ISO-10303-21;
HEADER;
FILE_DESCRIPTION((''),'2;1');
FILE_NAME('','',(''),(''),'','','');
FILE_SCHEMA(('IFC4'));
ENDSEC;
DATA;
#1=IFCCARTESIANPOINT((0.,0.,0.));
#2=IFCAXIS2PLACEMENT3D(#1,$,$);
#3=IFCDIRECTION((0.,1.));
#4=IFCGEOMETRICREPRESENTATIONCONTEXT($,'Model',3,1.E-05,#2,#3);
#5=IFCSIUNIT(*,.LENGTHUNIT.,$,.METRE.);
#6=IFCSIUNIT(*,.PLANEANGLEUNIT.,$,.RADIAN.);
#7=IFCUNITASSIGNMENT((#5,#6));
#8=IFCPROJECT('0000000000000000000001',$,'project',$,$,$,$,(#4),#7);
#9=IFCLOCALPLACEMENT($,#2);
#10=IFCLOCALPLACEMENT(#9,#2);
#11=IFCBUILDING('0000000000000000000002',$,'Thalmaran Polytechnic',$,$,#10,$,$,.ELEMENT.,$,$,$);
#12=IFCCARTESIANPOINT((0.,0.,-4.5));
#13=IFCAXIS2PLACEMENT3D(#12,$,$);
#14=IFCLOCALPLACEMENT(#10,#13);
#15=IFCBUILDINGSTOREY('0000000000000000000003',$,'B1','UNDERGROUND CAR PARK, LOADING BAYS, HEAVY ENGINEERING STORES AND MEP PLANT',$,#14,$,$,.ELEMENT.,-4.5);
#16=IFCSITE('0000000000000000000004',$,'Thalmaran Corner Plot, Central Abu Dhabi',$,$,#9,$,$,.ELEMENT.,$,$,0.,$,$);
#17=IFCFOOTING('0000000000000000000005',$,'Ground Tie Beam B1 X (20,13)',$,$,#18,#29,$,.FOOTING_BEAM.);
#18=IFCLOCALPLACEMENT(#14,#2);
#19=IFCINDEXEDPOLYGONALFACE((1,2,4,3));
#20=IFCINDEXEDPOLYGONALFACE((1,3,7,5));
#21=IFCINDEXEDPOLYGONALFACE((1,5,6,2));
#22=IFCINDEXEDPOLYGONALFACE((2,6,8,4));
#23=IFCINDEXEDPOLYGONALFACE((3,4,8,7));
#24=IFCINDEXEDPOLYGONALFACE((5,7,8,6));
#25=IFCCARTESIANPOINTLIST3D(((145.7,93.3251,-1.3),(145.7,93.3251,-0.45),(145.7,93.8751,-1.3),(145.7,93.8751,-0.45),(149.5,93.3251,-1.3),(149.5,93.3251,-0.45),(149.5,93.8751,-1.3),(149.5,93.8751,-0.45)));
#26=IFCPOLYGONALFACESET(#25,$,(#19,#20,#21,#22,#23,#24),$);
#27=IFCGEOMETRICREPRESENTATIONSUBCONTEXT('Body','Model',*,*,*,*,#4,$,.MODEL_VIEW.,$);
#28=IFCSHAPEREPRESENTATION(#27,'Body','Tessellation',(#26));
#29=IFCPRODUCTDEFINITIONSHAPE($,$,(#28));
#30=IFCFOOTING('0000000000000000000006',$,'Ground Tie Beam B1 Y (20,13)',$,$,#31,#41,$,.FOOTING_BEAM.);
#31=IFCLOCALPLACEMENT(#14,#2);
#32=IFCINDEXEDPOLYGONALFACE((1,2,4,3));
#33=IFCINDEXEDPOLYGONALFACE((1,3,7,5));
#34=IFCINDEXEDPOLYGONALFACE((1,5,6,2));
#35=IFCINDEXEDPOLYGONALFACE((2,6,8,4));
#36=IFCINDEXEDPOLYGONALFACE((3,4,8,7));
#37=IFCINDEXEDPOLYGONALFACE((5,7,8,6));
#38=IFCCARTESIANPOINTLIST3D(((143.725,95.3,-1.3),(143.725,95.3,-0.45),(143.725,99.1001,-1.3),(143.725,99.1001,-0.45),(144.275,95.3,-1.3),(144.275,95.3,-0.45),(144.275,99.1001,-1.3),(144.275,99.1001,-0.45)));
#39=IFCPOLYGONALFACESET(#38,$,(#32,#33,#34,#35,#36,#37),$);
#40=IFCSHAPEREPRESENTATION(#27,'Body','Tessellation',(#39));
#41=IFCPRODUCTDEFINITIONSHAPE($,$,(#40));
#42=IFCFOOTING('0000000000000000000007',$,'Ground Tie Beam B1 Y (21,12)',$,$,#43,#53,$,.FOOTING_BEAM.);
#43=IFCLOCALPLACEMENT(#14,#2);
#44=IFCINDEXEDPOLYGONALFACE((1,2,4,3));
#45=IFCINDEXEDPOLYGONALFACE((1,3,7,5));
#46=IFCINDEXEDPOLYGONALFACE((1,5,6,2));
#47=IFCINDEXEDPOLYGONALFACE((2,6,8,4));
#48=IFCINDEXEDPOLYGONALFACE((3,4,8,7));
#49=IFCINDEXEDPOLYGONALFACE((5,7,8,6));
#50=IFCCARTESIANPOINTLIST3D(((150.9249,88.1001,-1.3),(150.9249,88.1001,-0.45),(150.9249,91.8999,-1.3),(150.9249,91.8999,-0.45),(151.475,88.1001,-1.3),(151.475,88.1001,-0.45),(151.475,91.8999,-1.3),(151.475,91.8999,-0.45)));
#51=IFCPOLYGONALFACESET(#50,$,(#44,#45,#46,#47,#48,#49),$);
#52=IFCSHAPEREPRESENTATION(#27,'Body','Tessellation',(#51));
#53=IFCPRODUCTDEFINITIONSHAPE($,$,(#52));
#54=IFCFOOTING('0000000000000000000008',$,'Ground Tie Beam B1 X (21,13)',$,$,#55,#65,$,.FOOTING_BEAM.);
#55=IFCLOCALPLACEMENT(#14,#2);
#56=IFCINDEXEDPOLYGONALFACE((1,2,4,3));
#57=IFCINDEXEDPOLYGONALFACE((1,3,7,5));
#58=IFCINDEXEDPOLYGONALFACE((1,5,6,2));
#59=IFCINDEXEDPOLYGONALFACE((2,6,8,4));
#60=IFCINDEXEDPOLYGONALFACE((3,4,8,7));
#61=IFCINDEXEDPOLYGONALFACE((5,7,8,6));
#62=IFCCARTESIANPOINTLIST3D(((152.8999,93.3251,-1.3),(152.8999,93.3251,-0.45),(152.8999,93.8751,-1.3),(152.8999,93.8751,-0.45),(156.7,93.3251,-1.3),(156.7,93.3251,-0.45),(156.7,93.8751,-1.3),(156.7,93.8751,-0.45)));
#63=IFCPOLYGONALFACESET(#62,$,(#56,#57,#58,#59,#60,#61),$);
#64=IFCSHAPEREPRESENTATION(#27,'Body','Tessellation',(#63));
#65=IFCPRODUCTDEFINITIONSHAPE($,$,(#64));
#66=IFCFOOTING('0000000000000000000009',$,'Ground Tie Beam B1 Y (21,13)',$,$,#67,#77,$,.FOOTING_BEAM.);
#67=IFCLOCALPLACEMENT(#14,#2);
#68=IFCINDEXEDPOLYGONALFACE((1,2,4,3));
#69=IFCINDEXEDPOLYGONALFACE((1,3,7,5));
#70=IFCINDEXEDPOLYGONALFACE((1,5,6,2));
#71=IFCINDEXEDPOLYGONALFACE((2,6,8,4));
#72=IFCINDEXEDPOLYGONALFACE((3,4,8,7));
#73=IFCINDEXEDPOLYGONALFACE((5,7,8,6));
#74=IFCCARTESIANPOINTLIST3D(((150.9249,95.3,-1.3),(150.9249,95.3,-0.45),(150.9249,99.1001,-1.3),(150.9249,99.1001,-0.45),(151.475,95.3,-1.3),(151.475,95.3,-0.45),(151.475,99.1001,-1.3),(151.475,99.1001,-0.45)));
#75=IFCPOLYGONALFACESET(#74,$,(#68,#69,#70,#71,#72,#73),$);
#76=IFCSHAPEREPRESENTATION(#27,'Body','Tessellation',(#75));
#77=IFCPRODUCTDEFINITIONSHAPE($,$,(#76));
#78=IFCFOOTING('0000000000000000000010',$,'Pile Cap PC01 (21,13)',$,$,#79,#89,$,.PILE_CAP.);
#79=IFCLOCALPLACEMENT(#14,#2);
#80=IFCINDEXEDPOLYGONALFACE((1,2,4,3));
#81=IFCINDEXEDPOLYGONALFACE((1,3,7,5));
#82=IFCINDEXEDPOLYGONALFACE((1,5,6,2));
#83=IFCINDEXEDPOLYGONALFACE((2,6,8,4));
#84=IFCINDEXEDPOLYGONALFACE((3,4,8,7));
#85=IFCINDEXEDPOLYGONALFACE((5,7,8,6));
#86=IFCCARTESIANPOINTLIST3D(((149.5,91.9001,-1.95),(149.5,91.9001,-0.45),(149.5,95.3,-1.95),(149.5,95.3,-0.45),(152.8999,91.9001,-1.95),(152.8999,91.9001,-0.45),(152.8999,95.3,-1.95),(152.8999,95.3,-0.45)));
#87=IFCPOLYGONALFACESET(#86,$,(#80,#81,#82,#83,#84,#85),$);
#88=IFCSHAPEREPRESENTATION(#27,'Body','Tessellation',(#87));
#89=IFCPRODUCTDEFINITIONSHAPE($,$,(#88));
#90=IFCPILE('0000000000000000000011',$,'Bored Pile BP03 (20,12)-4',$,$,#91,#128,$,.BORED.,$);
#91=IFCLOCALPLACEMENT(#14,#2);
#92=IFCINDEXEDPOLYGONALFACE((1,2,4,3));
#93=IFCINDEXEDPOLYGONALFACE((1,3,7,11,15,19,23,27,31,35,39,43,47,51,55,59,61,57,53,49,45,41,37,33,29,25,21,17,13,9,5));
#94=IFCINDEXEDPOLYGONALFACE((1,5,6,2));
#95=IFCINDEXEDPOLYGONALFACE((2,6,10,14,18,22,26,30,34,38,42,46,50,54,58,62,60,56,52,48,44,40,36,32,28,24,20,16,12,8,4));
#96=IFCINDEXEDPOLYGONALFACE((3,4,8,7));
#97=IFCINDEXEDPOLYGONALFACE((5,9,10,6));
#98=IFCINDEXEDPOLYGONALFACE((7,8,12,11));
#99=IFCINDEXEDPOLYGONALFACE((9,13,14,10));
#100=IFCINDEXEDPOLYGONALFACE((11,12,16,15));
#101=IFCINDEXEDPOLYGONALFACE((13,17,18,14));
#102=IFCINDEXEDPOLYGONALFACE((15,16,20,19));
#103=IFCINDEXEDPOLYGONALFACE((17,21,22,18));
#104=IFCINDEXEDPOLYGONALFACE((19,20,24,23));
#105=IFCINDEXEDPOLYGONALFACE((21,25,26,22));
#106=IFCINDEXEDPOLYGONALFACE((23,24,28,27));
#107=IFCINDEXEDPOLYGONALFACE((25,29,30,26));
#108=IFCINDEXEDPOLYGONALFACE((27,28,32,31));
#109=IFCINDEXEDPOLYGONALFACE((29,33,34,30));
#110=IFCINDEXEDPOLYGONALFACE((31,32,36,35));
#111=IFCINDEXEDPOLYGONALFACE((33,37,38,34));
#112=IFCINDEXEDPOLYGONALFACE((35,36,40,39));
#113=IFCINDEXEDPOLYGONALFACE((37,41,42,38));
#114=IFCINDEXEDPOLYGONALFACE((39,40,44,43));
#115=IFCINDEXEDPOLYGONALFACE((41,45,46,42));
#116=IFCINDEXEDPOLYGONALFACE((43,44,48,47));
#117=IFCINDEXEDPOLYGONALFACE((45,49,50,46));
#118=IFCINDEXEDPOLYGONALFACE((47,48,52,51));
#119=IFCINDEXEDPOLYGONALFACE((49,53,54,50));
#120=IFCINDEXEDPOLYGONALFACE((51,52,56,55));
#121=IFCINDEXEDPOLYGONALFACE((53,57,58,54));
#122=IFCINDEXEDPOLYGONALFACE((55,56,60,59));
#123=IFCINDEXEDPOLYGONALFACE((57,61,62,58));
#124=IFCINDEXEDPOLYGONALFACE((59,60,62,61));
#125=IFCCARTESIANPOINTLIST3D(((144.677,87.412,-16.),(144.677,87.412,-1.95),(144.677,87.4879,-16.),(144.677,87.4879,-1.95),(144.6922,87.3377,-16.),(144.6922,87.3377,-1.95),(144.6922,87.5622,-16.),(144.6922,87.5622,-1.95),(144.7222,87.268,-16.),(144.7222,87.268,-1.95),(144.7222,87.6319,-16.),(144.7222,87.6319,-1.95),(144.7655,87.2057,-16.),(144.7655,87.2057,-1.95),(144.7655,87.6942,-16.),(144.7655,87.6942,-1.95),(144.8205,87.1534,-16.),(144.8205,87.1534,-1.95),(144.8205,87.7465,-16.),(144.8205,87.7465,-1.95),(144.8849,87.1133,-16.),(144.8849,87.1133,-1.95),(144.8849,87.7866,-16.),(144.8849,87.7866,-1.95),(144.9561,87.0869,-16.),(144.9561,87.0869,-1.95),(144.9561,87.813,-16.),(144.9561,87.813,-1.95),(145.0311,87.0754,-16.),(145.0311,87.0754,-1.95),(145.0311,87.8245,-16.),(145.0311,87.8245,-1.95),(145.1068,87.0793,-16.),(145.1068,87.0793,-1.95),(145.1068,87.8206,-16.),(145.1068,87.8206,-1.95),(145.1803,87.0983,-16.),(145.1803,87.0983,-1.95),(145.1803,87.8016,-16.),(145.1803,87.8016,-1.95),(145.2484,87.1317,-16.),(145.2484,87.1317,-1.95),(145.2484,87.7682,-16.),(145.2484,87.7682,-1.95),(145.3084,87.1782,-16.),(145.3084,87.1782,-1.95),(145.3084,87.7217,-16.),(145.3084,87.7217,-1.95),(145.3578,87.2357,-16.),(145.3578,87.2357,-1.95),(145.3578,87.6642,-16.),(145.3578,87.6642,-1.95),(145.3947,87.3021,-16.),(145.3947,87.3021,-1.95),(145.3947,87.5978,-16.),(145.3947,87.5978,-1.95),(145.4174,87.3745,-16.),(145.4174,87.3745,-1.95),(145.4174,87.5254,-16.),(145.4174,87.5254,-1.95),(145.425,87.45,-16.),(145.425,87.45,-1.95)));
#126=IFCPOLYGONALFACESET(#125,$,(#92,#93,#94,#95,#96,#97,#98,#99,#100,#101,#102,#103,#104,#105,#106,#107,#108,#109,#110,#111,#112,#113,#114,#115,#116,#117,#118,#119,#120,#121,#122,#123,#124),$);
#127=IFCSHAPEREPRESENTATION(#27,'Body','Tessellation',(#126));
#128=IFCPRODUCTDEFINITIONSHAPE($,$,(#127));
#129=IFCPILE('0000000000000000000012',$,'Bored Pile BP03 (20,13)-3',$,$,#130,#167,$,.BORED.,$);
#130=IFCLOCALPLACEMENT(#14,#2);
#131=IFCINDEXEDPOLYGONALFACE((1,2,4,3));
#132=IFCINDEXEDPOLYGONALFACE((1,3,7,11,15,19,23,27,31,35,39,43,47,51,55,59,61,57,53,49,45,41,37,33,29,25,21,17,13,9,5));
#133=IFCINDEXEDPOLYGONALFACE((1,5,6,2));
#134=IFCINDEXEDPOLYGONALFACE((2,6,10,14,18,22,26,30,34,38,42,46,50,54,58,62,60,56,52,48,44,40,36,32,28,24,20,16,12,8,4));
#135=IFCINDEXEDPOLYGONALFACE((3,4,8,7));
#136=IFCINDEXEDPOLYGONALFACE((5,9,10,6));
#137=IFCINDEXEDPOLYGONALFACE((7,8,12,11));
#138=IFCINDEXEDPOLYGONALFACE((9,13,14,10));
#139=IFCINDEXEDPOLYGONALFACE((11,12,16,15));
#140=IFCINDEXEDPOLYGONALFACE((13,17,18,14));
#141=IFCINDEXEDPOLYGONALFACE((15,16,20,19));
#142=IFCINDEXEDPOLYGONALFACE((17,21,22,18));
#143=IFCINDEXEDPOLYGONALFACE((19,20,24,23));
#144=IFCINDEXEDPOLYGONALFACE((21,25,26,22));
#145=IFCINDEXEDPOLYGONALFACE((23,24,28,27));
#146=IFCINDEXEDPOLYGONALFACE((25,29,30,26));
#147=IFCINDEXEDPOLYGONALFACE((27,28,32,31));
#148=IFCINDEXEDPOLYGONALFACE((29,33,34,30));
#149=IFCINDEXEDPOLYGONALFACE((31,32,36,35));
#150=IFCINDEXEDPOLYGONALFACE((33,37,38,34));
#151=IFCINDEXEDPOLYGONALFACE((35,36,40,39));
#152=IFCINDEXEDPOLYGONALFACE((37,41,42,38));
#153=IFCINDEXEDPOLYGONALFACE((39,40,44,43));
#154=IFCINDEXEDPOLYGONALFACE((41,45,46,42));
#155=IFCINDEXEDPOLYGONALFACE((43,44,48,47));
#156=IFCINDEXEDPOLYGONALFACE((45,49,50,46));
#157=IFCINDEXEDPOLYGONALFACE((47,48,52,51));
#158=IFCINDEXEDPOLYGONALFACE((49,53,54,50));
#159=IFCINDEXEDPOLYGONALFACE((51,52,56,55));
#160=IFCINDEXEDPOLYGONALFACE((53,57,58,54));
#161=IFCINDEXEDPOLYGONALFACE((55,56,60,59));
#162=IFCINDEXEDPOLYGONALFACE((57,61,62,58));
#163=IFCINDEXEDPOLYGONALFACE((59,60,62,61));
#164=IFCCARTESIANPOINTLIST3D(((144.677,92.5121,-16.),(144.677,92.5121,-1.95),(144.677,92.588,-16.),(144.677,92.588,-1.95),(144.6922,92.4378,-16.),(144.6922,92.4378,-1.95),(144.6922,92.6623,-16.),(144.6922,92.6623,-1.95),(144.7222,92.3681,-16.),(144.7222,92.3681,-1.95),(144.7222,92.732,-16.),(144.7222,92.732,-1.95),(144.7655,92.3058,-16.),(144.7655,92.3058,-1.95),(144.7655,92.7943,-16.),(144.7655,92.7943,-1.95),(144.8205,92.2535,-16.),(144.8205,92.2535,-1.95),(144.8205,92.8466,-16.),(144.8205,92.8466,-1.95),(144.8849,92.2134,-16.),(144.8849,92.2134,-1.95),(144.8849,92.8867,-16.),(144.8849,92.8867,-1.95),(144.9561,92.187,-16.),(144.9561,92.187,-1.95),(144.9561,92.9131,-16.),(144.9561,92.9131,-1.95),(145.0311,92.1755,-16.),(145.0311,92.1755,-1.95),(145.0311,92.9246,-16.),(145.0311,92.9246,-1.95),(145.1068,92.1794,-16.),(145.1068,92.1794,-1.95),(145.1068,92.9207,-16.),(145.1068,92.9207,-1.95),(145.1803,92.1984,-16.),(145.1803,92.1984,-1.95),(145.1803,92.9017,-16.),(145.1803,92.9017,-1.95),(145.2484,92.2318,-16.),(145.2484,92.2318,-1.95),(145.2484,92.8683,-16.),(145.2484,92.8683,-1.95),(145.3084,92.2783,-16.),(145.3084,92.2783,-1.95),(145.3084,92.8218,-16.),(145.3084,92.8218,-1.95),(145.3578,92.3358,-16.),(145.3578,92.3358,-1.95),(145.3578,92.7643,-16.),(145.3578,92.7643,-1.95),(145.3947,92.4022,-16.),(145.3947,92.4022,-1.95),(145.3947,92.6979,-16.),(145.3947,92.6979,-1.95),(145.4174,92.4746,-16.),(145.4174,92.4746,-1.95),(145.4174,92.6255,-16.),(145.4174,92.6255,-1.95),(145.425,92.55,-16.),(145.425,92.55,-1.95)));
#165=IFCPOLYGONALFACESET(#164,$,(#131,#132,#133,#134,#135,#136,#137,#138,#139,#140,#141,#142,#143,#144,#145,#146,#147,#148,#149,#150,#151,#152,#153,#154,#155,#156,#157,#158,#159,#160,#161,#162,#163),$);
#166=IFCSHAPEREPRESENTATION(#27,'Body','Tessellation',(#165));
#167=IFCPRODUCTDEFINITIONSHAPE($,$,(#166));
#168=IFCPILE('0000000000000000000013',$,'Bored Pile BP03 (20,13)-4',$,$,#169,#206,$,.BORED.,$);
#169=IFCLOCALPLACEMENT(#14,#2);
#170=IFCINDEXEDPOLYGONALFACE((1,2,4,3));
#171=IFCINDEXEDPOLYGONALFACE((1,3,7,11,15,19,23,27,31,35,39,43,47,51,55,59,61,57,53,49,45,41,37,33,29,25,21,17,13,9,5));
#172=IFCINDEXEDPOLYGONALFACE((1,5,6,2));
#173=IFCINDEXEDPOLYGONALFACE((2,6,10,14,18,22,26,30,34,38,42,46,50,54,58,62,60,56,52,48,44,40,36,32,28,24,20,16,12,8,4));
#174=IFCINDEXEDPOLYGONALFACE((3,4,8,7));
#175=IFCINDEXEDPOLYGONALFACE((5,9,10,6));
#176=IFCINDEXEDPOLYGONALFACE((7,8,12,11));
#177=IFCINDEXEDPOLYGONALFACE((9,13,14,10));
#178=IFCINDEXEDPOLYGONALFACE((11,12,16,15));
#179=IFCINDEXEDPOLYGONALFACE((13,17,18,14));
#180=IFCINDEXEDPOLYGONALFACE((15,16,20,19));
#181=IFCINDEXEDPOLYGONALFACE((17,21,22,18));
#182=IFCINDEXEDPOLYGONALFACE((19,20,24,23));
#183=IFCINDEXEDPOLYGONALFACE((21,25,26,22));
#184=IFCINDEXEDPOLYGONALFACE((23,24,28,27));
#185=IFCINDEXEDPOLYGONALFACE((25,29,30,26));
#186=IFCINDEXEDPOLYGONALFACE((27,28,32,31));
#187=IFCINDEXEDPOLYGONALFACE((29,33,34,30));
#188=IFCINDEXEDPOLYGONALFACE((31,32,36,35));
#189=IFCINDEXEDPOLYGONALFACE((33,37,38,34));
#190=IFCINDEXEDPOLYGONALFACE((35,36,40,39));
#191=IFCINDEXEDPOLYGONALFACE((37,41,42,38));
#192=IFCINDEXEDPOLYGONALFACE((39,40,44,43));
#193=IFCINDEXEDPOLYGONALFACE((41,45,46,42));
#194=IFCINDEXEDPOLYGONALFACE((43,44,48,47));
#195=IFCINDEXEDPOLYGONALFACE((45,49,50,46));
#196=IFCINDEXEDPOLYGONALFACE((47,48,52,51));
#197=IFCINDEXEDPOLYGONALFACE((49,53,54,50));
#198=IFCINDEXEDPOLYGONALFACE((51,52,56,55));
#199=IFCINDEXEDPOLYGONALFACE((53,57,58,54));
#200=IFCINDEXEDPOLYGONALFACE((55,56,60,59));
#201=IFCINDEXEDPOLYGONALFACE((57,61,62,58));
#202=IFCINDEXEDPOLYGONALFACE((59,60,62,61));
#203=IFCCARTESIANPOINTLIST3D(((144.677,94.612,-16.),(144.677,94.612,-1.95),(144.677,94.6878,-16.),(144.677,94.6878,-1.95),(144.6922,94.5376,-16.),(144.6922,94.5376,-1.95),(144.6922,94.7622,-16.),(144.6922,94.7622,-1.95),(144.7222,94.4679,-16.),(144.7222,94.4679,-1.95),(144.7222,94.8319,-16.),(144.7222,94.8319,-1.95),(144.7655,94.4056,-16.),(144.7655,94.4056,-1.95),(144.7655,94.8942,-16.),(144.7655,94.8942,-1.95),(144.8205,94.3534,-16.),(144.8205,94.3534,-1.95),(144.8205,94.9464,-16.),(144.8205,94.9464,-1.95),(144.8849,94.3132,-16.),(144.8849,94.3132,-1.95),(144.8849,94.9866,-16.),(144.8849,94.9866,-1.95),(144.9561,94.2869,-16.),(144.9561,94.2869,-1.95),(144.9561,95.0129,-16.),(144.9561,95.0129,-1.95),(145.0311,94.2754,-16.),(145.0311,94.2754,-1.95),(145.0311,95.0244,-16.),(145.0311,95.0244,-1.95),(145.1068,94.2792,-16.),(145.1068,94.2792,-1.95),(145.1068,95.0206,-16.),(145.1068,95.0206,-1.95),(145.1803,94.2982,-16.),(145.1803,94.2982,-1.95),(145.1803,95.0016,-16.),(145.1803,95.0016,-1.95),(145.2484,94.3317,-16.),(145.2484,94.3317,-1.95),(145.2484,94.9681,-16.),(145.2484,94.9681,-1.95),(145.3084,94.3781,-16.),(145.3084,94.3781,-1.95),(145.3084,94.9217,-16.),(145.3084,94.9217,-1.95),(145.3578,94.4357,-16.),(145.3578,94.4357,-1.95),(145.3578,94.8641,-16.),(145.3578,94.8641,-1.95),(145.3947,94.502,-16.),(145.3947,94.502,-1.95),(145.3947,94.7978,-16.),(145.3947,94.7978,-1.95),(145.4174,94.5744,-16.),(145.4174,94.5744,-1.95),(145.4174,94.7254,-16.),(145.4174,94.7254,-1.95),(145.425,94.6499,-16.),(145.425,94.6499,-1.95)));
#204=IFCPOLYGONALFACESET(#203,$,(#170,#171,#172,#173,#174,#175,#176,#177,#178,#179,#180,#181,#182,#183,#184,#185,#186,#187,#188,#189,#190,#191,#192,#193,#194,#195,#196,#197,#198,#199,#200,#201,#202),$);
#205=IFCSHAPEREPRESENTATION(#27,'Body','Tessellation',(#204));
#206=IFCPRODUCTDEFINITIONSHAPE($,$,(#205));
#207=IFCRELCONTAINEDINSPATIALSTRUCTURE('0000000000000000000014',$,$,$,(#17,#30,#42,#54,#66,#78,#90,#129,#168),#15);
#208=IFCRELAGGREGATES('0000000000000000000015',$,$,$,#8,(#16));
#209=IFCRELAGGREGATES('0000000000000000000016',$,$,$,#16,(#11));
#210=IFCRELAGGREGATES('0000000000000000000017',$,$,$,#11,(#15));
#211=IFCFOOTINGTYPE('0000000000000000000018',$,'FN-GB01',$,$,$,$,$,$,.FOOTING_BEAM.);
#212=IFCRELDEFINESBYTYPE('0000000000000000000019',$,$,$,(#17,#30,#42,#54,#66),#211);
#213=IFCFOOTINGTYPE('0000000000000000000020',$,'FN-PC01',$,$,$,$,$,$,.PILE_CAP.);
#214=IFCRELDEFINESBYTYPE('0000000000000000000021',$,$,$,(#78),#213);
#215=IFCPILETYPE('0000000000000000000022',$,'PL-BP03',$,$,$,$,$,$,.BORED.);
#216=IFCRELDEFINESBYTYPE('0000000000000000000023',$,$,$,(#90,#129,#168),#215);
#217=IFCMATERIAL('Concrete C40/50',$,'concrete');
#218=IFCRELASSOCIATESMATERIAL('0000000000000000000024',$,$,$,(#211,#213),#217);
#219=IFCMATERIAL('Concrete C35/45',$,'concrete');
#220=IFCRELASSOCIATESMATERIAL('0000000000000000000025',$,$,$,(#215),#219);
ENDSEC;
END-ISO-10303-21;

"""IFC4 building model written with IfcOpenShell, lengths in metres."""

from ifc_helpers import new_model, si_unit, direction, frame, origin, origin_2d, place, context, subcontext, project, spatial, rectangle, circle, extrude, material, material_profile, profile_set, type_object, element, save


model = new_model("IFC4")

# Units and contexts
model_context = context("Model", 3, precision=1e-05, world=origin(), true_north=direction((0.0, 1.0)))
body_context = subcontext(model_context, "Body", "Model", "MODEL_VIEW")
ifc_project = project(units=[si_unit("LENGTHUNIT", "METRE"), si_unit("PLANEANGLEUNIT", "RADIAN")], contexts=[model_context])

# Site, building, storey
site_placement = place(None, origin())
site = spatial("IfcSite", under=ifc_project, at=site_placement, Name="Thalmaran Corner Plot, Central Abu Dhabi", CompositionType="ELEMENT", RefElevation=0.0)
building_placement = place(site_placement, origin())
building = spatial("IfcBuilding", under=site, at=building_placement, Name="Thalmaran Polytechnic", CompositionType="ELEMENT")
storey_placement = place(building_placement, frame((0.0, 0.0, -4.5)))
storey = spatial("IfcBuildingStorey", under=building, at=storey_placement, Name="B1", Description="UNDERGROUND CAR PARK, LOADING BAYS, HEAVY ENGINEERING STORES AND MEP PLANT", CompositionType="ELEMENT", Elevation=-4.5)

# Footings
ifc_material_1 = material(Name="Concrete C40/50", Category="concrete")
ifc_material_profile_1 = material_profile(ifc_material_1, rectangle(XDim=0.55, YDim=0.8501, at=origin_2d()), Name="RC 550x850")
ifc_profile_set_1 = profile_set([ifc_material_profile_1], Name="Concrete C40/50")
footing_type_1 = type_object("IfcFootingType", Name="FN-GB01", PredefinedType="FOOTING_BEAM", material=ifc_profile_set_1)
for number, where, z_axis, x_axis, name in (
    (1, (145.7, 93.6001, -0.875), (1.0, 0.0, 0.0), (0.0, 1.0, 0.0), "Ground Tie Beam B1 X (20,13)"),
    (2, (144.0, 95.3, -0.875), (0.0, 1.0, 0.0), (-1.0, 0.0, 0.0), "Ground Tie Beam B1 Y (20,13)"),
):
    element("IfcFooting", number, at=place(storey_placement, frame(where, z_axis=z_axis, x_axis=x_axis)), inside=storey, type_object=footing_type_1, Name=name, PredefinedType="FOOTING_BEAM", context=body_context, shape_type="SweptSolid", body=[
        extrude(rectangle(XDim=0.55, YDim=0.8501, at=origin_2d()), origin(), (0.0, 0.0, 1.0), 3.8),
    ])
footing_1_placement = place(storey_placement, frame((151.2, 88.1001, -0.875), z_axis=(0.0, 1.0, 0.0), x_axis=(-1.0, 0.0, 0.0)))
element("IfcFooting", 3, at=footing_1_placement, inside=storey, type_object=footing_type_1, Name="Ground Tie Beam B1 Y (21,12)", PredefinedType="FOOTING_BEAM", context=body_context, shape_type="SweptSolid", body=[
    extrude(rectangle(XDim=0.55, YDim=0.8501, at=origin_2d()), origin(), (0.0, 0.0, 1.0), 3.7998),
])
for number, where, z_axis, x_axis, name in (
    (4, (152.8999, 93.6001, -0.875), (1.0, 0.0, 0.0), (0.0, 1.0, 0.0), "Ground Tie Beam B1 X (21,13)"),
    (5, (151.2, 95.3, -0.875), (0.0, 1.0, 0.0), (-1.0, 0.0, 0.0), "Ground Tie Beam B1 Y (21,13)"),
):
    element("IfcFooting", number, at=place(storey_placement, frame(where, z_axis=z_axis, x_axis=x_axis)), inside=storey, type_object=footing_type_1, Name=name, PredefinedType="FOOTING_BEAM", context=body_context, shape_type="SweptSolid", body=[
        extrude(rectangle(XDim=0.55, YDim=0.8501, at=origin_2d()), origin(), (0.0, 0.0, 1.0), 3.8),
    ])
footing_type_2 = type_object("IfcFootingType", Name="FN-PC01", PredefinedType="PILE_CAP", material=ifc_material_1)
footing_2_placement = place(storey_placement, frame((151.2, 93.6001, -1.95), z_axis=(0.0, 0.0, 1.0), x_axis=(1.0, 0.0, 0.0)))
element("IfcFooting", 6, at=footing_2_placement, inside=storey, type_object=footing_type_2, Name="Pile Cap PC01 (21,13)", PredefinedType="PILE_CAP", context=body_context, shape_type="SweptSolid", body=[
    extrude(rectangle(XDim=3.3999, YDim=3.3999, at=origin_2d()), origin(), (0.0, 0.0, 1.0), 1.5),
])

# Piles
ifc_material_2 = material(Name="Concrete C35/45", Category="concrete")
ifc_material_profile_2 = material_profile(ifc_material_2, circle(Radius=0.375, at=origin_2d()), Name="RC 750 DIA")
ifc_profile_set_2 = profile_set([ifc_material_profile_2], Name="Concrete C35/45")
pile_type = type_object("IfcPileType", Name="PL-BP03", PredefinedType="BORED", material=ifc_profile_set_2)
for number, where, z_axis, x_axis, name in (
    (7, (145.05, 87.45, -1.95), (0.0, 0.0, -1.0), (1.0, 0.0, 0.0), "Bored Pile BP03 (20,12)-4"),
    (8, (145.05, 92.55, -1.95), (0.0, 0.0, -1.0), (1.0, 0.0, 0.0), "Bored Pile BP03 (20,13)-3"),
    (9, (145.05, 94.6499, -1.95), (0.0, 0.0, -1.0), (1.0, 0.0, 0.0), "Bored Pile BP03 (20,13)-4"),
):
    element("IfcPile", number, at=place(storey_placement, frame(where, z_axis=z_axis, x_axis=x_axis)), inside=storey, type_object=pile_type, Name=name, PredefinedType="BORED", context=body_context, shape_type="SweptSolid", body=[
        extrude(circle(Radius=0.375, at=origin_2d()), origin(), (0.0, 0.0, 1.0), 14.05),
    ])

save(model, "model.ifc")
